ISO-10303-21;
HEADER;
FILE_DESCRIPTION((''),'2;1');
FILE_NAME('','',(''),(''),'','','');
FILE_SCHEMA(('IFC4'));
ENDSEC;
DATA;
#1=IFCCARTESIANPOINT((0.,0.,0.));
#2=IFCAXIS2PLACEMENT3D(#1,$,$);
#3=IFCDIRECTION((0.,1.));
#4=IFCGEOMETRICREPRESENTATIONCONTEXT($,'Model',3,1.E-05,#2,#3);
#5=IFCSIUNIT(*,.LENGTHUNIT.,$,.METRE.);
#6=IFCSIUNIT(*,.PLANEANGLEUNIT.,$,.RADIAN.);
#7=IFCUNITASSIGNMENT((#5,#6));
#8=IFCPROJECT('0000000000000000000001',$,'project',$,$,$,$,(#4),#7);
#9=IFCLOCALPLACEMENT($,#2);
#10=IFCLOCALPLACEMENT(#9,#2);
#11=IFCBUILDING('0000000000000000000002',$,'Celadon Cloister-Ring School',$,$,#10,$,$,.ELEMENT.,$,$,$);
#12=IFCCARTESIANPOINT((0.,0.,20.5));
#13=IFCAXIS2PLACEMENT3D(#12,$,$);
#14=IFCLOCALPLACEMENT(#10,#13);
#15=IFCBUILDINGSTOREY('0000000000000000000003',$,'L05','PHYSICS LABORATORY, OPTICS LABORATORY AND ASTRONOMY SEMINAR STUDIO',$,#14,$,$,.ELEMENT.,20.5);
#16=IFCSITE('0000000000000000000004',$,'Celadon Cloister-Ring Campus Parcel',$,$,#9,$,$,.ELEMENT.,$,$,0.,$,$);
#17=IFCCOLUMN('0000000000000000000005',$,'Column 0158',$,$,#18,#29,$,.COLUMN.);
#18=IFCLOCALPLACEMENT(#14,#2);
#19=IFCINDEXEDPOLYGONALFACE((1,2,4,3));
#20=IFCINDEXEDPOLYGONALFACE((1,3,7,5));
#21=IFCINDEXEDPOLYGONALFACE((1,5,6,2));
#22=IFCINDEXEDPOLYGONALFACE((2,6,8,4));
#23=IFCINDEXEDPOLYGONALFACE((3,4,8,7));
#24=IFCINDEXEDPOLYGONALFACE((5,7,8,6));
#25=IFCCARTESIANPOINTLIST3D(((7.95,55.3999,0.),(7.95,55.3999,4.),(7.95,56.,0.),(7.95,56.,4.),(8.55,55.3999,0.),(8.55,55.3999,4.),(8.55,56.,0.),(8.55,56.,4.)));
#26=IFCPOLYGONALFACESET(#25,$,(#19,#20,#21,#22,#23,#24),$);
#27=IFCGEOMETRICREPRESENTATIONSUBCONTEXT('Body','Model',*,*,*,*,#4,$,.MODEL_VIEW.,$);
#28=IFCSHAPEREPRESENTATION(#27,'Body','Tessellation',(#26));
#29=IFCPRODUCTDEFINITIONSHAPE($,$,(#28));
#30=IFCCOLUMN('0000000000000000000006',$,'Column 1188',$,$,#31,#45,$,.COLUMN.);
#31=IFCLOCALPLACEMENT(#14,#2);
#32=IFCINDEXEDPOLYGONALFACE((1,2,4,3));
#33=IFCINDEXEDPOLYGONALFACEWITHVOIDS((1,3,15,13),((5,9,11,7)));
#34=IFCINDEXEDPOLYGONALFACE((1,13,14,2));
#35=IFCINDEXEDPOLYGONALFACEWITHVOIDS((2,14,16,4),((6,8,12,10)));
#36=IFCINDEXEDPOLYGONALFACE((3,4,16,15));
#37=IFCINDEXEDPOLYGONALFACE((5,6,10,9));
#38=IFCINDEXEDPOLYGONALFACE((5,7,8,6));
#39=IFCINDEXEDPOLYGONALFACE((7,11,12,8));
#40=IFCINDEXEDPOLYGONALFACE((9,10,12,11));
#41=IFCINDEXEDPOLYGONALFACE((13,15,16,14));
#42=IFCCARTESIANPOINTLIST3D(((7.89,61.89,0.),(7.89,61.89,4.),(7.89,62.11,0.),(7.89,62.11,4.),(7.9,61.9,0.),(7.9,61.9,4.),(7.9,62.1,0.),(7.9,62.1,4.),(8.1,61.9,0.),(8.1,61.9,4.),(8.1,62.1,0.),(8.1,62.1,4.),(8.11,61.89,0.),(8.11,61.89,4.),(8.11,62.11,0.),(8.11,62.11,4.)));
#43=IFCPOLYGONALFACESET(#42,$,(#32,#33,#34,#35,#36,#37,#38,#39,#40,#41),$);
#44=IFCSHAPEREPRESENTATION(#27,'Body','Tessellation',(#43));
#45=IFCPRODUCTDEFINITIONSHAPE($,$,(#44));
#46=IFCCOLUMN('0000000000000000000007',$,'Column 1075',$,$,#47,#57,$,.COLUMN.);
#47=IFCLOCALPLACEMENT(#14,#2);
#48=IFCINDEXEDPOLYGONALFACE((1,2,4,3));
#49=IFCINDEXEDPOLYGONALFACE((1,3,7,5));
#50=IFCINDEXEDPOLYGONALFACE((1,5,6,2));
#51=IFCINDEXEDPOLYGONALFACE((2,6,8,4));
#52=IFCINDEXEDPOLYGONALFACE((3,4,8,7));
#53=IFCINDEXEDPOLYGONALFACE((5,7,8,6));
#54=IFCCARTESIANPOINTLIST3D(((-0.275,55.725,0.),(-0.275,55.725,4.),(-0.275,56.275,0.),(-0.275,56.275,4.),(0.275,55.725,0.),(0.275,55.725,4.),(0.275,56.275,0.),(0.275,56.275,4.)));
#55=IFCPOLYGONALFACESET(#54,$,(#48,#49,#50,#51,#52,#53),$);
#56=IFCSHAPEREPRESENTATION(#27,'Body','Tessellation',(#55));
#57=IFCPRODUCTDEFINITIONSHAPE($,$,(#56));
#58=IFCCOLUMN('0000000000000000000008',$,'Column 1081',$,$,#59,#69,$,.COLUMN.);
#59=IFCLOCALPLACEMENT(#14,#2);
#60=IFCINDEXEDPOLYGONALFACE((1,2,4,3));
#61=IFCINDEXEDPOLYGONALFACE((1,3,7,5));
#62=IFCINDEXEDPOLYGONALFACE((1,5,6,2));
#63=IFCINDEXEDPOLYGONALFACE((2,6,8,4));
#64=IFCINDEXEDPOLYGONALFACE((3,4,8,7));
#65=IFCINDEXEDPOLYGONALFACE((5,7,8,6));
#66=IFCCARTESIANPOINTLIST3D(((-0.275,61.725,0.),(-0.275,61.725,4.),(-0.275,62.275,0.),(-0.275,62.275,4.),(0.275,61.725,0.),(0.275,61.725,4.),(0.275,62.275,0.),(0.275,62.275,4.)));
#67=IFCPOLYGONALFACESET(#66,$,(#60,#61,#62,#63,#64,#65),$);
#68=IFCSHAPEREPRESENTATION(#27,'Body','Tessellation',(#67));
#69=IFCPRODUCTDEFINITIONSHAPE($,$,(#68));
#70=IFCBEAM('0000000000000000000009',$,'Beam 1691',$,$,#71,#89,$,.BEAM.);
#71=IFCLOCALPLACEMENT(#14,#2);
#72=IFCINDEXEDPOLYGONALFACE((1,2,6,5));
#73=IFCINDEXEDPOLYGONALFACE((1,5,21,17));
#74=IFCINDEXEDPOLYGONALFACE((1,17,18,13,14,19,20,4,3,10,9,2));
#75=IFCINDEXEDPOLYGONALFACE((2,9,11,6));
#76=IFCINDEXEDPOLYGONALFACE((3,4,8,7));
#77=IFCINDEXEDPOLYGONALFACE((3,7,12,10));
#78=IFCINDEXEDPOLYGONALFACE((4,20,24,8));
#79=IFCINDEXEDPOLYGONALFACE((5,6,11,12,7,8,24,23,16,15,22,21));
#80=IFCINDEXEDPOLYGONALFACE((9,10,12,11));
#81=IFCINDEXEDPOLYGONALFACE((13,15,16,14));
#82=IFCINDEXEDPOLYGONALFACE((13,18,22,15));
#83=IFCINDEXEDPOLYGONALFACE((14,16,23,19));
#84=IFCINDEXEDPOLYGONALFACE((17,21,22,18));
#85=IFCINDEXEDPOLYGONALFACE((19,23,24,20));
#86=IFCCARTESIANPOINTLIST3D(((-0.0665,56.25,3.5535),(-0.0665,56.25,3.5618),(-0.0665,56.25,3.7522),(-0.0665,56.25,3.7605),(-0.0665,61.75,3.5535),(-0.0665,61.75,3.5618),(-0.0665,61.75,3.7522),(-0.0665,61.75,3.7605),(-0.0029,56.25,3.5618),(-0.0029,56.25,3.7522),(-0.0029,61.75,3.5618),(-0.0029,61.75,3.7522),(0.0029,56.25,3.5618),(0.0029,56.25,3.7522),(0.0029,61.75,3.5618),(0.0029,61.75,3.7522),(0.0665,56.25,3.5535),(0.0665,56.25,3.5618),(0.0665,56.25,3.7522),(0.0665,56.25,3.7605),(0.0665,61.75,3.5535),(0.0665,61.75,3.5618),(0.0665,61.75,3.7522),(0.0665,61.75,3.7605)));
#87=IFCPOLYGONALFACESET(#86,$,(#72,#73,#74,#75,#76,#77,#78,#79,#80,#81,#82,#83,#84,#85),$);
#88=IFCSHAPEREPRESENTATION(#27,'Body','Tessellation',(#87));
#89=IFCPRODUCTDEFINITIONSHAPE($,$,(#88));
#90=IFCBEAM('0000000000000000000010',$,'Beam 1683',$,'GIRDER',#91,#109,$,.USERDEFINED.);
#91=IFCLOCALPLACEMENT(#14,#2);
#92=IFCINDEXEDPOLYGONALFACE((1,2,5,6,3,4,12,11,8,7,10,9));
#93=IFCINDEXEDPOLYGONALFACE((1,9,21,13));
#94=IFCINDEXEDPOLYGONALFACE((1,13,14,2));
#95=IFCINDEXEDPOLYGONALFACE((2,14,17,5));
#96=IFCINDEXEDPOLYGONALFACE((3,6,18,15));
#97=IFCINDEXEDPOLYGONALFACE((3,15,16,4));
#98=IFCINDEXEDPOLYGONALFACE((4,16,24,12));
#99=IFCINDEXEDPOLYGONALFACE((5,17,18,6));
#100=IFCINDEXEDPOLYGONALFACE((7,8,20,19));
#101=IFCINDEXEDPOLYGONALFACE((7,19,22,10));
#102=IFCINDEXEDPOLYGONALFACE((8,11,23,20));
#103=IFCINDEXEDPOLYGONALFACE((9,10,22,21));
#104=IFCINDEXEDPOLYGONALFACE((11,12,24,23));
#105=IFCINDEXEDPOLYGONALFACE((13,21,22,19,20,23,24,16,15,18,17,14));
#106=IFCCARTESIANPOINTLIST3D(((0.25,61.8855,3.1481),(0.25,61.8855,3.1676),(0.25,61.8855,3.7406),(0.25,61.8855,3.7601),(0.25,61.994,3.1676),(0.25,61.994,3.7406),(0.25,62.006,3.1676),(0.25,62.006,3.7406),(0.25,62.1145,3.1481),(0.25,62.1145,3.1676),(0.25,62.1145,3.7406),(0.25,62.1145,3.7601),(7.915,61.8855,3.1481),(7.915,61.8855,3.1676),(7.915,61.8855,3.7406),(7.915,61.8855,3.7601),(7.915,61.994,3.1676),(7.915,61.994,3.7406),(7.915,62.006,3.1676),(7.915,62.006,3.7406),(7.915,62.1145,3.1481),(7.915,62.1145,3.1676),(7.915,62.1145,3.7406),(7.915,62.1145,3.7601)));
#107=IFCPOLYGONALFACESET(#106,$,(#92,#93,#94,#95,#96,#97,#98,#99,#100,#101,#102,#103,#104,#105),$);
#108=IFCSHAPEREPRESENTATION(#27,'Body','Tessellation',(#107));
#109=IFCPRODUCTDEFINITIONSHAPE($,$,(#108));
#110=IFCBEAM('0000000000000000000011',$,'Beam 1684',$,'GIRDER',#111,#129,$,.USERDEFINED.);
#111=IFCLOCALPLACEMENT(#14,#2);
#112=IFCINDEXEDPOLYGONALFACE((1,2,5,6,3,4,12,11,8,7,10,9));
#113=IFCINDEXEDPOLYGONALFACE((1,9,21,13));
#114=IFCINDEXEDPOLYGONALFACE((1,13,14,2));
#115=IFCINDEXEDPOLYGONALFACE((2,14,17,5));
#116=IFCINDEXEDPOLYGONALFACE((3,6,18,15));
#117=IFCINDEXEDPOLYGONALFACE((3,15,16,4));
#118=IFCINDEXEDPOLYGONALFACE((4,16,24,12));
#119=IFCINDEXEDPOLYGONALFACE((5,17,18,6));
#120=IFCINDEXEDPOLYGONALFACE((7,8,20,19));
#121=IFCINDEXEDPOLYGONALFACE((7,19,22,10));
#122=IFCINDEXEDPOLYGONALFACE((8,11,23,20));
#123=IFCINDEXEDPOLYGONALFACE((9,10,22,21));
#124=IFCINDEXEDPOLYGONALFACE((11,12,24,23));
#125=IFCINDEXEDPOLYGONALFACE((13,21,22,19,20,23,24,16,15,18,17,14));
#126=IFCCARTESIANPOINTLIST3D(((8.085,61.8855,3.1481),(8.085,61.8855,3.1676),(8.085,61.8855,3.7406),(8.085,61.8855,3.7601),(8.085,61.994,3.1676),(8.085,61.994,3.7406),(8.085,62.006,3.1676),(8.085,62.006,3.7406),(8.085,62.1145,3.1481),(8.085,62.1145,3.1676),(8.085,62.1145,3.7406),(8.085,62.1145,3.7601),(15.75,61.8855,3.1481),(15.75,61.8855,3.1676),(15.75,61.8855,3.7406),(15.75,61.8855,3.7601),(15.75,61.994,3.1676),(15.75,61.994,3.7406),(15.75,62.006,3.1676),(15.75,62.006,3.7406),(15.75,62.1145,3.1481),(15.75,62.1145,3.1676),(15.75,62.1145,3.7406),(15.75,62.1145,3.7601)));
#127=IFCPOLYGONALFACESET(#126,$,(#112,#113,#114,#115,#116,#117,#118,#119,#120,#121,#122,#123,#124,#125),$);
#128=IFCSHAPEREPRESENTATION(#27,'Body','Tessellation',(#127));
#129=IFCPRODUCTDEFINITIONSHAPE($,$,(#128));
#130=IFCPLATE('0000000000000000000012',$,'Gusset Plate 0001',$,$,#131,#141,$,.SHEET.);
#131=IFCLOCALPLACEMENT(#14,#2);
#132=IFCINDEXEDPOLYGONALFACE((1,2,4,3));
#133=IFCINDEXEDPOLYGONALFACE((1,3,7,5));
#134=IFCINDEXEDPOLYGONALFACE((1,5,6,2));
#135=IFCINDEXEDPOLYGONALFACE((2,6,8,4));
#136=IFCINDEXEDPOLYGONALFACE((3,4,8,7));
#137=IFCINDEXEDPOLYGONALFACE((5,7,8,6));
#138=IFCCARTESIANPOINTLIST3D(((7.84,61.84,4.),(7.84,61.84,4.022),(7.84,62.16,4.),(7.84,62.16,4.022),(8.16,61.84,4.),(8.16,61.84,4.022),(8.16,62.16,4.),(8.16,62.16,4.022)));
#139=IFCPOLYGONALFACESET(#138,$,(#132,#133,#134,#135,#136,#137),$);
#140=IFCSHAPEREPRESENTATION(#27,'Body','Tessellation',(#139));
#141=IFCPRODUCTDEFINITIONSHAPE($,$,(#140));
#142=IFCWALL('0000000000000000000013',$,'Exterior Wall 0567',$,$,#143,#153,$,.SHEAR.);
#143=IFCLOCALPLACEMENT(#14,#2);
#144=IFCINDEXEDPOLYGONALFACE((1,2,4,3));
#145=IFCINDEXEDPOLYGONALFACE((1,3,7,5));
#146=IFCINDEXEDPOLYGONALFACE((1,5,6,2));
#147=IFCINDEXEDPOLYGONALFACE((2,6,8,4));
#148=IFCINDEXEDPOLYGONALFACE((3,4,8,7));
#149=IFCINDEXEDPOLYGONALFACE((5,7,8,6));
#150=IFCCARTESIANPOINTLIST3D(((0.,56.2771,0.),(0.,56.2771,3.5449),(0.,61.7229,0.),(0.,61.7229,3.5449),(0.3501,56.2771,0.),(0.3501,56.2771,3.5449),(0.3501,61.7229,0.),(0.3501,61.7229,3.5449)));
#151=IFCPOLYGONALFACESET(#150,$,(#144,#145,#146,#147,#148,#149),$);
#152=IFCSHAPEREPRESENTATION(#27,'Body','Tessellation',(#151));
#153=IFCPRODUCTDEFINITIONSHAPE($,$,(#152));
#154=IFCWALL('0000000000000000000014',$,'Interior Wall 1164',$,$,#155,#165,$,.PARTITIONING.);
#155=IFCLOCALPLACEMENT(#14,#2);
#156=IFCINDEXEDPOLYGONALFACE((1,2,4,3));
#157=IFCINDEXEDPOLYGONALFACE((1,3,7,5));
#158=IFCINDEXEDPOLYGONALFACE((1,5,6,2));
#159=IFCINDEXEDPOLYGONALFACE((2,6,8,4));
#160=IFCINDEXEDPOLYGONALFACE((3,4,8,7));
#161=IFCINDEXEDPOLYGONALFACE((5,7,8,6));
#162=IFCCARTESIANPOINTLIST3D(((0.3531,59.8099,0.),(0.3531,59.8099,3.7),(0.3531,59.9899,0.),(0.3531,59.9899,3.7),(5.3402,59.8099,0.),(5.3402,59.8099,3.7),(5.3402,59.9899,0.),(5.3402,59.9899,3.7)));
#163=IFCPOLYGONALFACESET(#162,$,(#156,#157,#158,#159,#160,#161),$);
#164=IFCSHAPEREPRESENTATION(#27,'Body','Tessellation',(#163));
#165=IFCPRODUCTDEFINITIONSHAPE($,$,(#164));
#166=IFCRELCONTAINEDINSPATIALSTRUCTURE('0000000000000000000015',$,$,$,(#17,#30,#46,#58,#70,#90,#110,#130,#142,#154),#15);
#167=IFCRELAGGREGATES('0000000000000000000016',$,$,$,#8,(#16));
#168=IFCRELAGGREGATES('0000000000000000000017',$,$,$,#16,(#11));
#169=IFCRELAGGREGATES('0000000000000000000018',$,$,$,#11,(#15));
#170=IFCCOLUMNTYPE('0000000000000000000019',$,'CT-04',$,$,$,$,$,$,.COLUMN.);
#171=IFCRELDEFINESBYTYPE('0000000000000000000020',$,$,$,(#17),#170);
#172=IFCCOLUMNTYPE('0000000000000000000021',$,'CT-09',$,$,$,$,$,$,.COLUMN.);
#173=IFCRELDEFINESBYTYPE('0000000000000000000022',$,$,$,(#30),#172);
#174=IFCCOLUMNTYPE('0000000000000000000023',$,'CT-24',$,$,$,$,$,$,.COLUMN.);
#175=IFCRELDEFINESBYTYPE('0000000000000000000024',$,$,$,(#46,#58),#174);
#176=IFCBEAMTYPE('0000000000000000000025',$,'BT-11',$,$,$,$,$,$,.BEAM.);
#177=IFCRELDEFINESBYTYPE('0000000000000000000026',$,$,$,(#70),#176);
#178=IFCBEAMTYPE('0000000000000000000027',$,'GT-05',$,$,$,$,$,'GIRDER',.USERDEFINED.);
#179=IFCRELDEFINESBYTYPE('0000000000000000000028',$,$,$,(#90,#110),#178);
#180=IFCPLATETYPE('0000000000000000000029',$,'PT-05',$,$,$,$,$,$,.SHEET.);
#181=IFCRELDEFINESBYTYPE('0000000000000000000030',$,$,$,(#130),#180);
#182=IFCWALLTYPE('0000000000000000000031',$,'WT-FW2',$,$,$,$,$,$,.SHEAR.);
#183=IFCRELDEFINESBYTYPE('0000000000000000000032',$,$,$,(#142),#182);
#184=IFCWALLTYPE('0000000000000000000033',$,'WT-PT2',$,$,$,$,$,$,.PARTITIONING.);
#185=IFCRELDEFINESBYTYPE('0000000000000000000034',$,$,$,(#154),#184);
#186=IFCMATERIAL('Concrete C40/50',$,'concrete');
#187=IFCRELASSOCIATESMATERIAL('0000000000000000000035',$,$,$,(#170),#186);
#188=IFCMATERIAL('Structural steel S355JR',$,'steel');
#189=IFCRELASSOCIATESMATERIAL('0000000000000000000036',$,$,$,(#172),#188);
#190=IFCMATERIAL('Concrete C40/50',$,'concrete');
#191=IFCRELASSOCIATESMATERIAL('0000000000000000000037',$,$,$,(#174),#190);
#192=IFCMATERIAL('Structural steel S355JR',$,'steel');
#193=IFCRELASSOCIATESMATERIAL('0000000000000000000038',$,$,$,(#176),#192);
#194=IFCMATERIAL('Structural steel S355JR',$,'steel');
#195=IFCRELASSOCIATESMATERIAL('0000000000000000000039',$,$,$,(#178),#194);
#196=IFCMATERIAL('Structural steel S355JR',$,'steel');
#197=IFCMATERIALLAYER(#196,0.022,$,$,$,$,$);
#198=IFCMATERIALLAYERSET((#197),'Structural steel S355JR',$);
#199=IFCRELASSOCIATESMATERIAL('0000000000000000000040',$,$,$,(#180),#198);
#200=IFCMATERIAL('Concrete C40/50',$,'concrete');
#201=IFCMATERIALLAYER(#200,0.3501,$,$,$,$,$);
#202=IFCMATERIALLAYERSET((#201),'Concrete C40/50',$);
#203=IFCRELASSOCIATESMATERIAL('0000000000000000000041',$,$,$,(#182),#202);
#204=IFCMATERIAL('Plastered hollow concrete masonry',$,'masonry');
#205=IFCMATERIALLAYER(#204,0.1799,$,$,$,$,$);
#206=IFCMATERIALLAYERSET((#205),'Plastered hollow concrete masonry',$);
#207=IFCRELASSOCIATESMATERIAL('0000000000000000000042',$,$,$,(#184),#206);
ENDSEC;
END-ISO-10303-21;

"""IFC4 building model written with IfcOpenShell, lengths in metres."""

from ifc_helpers import new_model, si_unit, direction, frame, frame_2d, origin, origin_2d, place, context, subcontext, project, spatial, rectangle, hollow_rectangle, i_section, extrude, material, layer, layer_set, material_profile, profile_set, type_object, element, save


model = new_model("IFC4")

# Units and contexts
model_context = context("Model", 3, precision=1e-05, world=origin(), true_north=direction((0.0, 1.0)))
body_context = subcontext(model_context, "Body", "Model", "MODEL_VIEW")
ifc_project = project(units=[si_unit("LENGTHUNIT", "METRE"), si_unit("PLANEANGLEUNIT", "RADIAN")], contexts=[model_context])

# Site, building, storey
site_placement = place(None, origin())
site = spatial("IfcSite", under=ifc_project, at=site_placement, Name="Celadon Cloister-Ring Campus Parcel", CompositionType="ELEMENT", RefElevation=0.0)
building_placement = place(site_placement, origin())
building = spatial("IfcBuilding", under=site, at=building_placement, Name="Celadon Cloister-Ring School", CompositionType="ELEMENT")
storey_placement = place(building_placement, frame((0.0, 0.0, 20.5)))
storey = spatial("IfcBuildingStorey", under=building, at=storey_placement, Name="L05", Description="PHYSICS LABORATORY, OPTICS LABORATORY AND ASTRONOMY SEMINAR STUDIO", CompositionType="ELEMENT", Elevation=20.5)

# Columns
ifc_material_1 = material(Name="Concrete C40/50", Category="concrete")
ifc_material_profile_1 = material_profile(ifc_material_1, rectangle(XDim=0.6001, YDim=0.6001, at=origin_2d()), Name="RC600X600")
ifc_profile_set_1 = profile_set([ifc_material_profile_1], Name="Concrete C40/50")
column_type_1 = type_object("IfcColumnType", Name="CT-04", PredefinedType="COLUMN", material=ifc_profile_set_1)
column_1_placement = place(storey_placement, frame((8.25, 55.7, 0.0), z_axis=(0.0, 0.0, 1.0), x_axis=(1.0, 0.0, 0.0)))
element("IfcColumn", 1, at=column_1_placement, inside=storey, type_object=column_type_1, Name="Column 0158", PredefinedType="COLUMN", context=body_context, shape_type="SweptSolid", body=[
    extrude(rectangle(XDim=0.6001, YDim=0.6001, at=origin_2d()), origin(), (0.0, 0.0, 1.0), 4.0),
])
ifc_material_2 = material(Name="Structural steel S355JR", Category="steel")
ifc_material_profile_2 = material_profile(ifc_material_2, hollow_rectangle(XDim=0.22, YDim=0.22, WallThickness=0.01, at=origin_2d()), Name="HSS220X220X10")
ifc_profile_set_2 = profile_set([ifc_material_profile_2], Name="Structural steel S355JR")
column_type_2 = type_object("IfcColumnType", Name="CT-09", PredefinedType="COLUMN", material=ifc_profile_set_2)
column_2_placement = place(storey_placement, frame((8.0, 62.0, 0.0), z_axis=(0.0, 0.0, 1.0), x_axis=(1.0, 0.0, 0.0)))
element("IfcColumn", 2, at=column_2_placement, inside=storey, type_object=column_type_2, Name="Column 1188", PredefinedType="COLUMN", context=body_context, shape_type="SweptSolid", body=[
    extrude(hollow_rectangle(XDim=0.22, YDim=0.22, WallThickness=0.01, at=origin_2d()), origin(), (0.0, 0.0, 1.0), 4.0),
])
ifc_material_3 = material(Name="Concrete C40/50", Category="concrete")
ifc_material_profile_3 = material_profile(ifc_material_3, rectangle(XDim=0.55, YDim=0.55, at=origin_2d()), Name="RC550X550")
ifc_profile_set_3 = profile_set([ifc_material_profile_3], Name="Concrete C40/50")
column_type_3 = type_object("IfcColumnType", Name="CT-24", PredefinedType="COLUMN", material=ifc_profile_set_3)
for number, where, z_axis, x_axis, name in (
    (3, (0.0, 56.0, 0.0), (0.0, 0.0, 1.0), (1.0, 0.0, 0.0), "Column 1075"),
    (4, (0.0, 62.0, 0.0), (0.0, 0.0, 1.0), (1.0, 0.0, 0.0), "Column 1081"),
):
    element("IfcColumn", number, at=place(storey_placement, frame(where, z_axis=z_axis, x_axis=x_axis)), inside=storey, type_object=column_type_3, Name=name, PredefinedType="COLUMN", context=body_context, shape_type="SweptSolid", body=[
        extrude(rectangle(XDim=0.55, YDim=0.55, at=origin_2d()), origin(), (0.0, 0.0, 1.0), 4.0),
    ])

# Beams
ifc_material_4 = material(Name="Structural steel S355JR", Category="steel")
ifc_material_profile_4 = material_profile(ifc_material_4, i_section(OverallWidth=0.1331, OverallDepth=0.207, WebThickness=0.0059, FlangeThickness=0.0083, at=origin_2d()), Name="W200X27")
ifc_profile_set_4 = profile_set([ifc_material_profile_4], Name="Structural steel S355JR")
beam_type_1 = type_object("IfcBeamType", Name="BT-11", PredefinedType="BEAM", material=ifc_profile_set_4)
beam_placement = place(storey_placement, frame((0.0, 56.25, 3.657), z_axis=(0.0, 1.0, 0.0), x_axis=(-1.0, 0.0, 0.0)))
element("IfcBeam", 5, at=beam_placement, inside=storey, type_object=beam_type_1, Name="Beam 1691", PredefinedType="BEAM", context=body_context, shape_type="SweptSolid", body=[
    extrude(i_section(OverallWidth=0.1331, OverallDepth=0.207, WebThickness=0.0059, FlangeThickness=0.0083, at=origin_2d()), origin(), (0.0, 0.0, 1.0), 5.5),
])
ifc_material_5 = material(Name="Structural steel S355JR", Category="steel")
ifc_material_profile_5 = material_profile(ifc_material_5, i_section(OverallWidth=0.229, OverallDepth=0.6121, WebThickness=0.012, FlangeThickness=0.0195, at=origin_2d()), Name="W610X125")
ifc_profile_set_5 = profile_set([ifc_material_profile_5], Name="Structural steel S355JR")
beam_type_2 = type_object("IfcBeamType", Name="GT-05", ElementType="GIRDER", PredefinedType="USERDEFINED", material=ifc_profile_set_5)
for number, where, z_axis, x_axis, name in (
    (6, (0.25, 62.0, 3.4541), (1.0, 0.0, 0.0), (0.0, 1.0, 0.0), "Beam 1683"),
    (7, (8.085, 62.0, 3.4541), (1.0, 0.0, 0.0), (0.0, 1.0, 0.0), "Beam 1684"),
):
    element("IfcBeam", number, at=place(storey_placement, frame(where, z_axis=z_axis, x_axis=x_axis)), inside=storey, type_object=beam_type_2, Name=name, ObjectType="GIRDER", PredefinedType="USERDEFINED", context=body_context, shape_type="SweptSolid", body=[
        extrude(i_section(OverallWidth=0.229, OverallDepth=0.6121, WebThickness=0.012, FlangeThickness=0.0195, at=origin_2d()), origin(), (0.0, 0.0, 1.0), 7.665),
    ])

# Plate
ifc_material_6 = material(Name="Structural steel S355JR", Category="steel")
ifc_layer_1 = layer(ifc_material_6, 0.022)
ifc_layer_set_1 = layer_set([ifc_layer_1], Name="Structural steel S355JR")
plate_type = type_object("IfcPlateType", Name="PT-05", PredefinedType="SHEET", material=ifc_layer_set_1)
plate_placement = place(storey_placement, frame((8.0, 62.0, 4.0), z_axis=(0.0, 0.0, 1.0), x_axis=(1.0, 0.0, 0.0)))
element("IfcPlate", 8, at=plate_placement, inside=storey, type_object=plate_type, Name="Gusset Plate 0001", PredefinedType="SHEET", context=body_context, shape_type="SweptSolid", body=[
    extrude(rectangle(XDim=0.3201, YDim=0.3201, at=origin_2d()), origin(), (0.0, 0.0, 1.0), 0.022),
])

# Walls
ifc_material_7 = material(Name="Concrete C40/50", Category="concrete")
ifc_layer_2 = layer(ifc_material_7, 0.3501)
ifc_layer_set_2 = layer_set([ifc_layer_2], Name="Concrete C40/50")
wall_type_1 = type_object("IfcWallType", Name="WT-FW2", PredefinedType="SHEAR", material=ifc_layer_set_2)
wall_1_placement = place(storey_placement, frame((0.175, 56.2771, 0.0), z_axis=(0.0, 0.0, 1.0), x_axis=(0.0, 1.0, 0.0)))
element("IfcWall", 9, at=wall_1_placement, inside=storey, type_object=wall_type_1, Name="Exterior Wall 0567", PredefinedType="SHEAR", context=body_context, shape_type="SweptSolid", body=[
    extrude(rectangle(XDim=5.4458, YDim=0.3501, at=frame_2d((2.7229, 0.0))), origin(), (0.0, 0.0, 1.0), 3.5449),
])
ifc_material_8 = material(Name="Plastered hollow concrete masonry", Category="masonry")
ifc_layer_3 = layer(ifc_material_8, 0.1799)
ifc_layer_set_3 = layer_set([ifc_layer_3], Name="Plastered hollow concrete masonry")
wall_type_2 = type_object("IfcWallType", Name="WT-PT2", PredefinedType="PARTITIONING", material=ifc_layer_set_3)
wall_2_placement = place(storey_placement, frame((0.353, 59.8999, 0.0), z_axis=(0.0, 0.0, 1.0), x_axis=(1.0, 0.0, 0.0)))
element("IfcWall", 10, at=wall_2_placement, inside=storey, type_object=wall_type_2, Name="Interior Wall 1164", PredefinedType="PARTITIONING", context=body_context, shape_type="SweptSolid", body=[
    extrude(rectangle(XDim=4.9871, YDim=0.1799, at=frame_2d((2.4937, 0.0))), origin(), (0.0, 0.0, 1.0), 3.7),
])

save(model, "model.ifc")
